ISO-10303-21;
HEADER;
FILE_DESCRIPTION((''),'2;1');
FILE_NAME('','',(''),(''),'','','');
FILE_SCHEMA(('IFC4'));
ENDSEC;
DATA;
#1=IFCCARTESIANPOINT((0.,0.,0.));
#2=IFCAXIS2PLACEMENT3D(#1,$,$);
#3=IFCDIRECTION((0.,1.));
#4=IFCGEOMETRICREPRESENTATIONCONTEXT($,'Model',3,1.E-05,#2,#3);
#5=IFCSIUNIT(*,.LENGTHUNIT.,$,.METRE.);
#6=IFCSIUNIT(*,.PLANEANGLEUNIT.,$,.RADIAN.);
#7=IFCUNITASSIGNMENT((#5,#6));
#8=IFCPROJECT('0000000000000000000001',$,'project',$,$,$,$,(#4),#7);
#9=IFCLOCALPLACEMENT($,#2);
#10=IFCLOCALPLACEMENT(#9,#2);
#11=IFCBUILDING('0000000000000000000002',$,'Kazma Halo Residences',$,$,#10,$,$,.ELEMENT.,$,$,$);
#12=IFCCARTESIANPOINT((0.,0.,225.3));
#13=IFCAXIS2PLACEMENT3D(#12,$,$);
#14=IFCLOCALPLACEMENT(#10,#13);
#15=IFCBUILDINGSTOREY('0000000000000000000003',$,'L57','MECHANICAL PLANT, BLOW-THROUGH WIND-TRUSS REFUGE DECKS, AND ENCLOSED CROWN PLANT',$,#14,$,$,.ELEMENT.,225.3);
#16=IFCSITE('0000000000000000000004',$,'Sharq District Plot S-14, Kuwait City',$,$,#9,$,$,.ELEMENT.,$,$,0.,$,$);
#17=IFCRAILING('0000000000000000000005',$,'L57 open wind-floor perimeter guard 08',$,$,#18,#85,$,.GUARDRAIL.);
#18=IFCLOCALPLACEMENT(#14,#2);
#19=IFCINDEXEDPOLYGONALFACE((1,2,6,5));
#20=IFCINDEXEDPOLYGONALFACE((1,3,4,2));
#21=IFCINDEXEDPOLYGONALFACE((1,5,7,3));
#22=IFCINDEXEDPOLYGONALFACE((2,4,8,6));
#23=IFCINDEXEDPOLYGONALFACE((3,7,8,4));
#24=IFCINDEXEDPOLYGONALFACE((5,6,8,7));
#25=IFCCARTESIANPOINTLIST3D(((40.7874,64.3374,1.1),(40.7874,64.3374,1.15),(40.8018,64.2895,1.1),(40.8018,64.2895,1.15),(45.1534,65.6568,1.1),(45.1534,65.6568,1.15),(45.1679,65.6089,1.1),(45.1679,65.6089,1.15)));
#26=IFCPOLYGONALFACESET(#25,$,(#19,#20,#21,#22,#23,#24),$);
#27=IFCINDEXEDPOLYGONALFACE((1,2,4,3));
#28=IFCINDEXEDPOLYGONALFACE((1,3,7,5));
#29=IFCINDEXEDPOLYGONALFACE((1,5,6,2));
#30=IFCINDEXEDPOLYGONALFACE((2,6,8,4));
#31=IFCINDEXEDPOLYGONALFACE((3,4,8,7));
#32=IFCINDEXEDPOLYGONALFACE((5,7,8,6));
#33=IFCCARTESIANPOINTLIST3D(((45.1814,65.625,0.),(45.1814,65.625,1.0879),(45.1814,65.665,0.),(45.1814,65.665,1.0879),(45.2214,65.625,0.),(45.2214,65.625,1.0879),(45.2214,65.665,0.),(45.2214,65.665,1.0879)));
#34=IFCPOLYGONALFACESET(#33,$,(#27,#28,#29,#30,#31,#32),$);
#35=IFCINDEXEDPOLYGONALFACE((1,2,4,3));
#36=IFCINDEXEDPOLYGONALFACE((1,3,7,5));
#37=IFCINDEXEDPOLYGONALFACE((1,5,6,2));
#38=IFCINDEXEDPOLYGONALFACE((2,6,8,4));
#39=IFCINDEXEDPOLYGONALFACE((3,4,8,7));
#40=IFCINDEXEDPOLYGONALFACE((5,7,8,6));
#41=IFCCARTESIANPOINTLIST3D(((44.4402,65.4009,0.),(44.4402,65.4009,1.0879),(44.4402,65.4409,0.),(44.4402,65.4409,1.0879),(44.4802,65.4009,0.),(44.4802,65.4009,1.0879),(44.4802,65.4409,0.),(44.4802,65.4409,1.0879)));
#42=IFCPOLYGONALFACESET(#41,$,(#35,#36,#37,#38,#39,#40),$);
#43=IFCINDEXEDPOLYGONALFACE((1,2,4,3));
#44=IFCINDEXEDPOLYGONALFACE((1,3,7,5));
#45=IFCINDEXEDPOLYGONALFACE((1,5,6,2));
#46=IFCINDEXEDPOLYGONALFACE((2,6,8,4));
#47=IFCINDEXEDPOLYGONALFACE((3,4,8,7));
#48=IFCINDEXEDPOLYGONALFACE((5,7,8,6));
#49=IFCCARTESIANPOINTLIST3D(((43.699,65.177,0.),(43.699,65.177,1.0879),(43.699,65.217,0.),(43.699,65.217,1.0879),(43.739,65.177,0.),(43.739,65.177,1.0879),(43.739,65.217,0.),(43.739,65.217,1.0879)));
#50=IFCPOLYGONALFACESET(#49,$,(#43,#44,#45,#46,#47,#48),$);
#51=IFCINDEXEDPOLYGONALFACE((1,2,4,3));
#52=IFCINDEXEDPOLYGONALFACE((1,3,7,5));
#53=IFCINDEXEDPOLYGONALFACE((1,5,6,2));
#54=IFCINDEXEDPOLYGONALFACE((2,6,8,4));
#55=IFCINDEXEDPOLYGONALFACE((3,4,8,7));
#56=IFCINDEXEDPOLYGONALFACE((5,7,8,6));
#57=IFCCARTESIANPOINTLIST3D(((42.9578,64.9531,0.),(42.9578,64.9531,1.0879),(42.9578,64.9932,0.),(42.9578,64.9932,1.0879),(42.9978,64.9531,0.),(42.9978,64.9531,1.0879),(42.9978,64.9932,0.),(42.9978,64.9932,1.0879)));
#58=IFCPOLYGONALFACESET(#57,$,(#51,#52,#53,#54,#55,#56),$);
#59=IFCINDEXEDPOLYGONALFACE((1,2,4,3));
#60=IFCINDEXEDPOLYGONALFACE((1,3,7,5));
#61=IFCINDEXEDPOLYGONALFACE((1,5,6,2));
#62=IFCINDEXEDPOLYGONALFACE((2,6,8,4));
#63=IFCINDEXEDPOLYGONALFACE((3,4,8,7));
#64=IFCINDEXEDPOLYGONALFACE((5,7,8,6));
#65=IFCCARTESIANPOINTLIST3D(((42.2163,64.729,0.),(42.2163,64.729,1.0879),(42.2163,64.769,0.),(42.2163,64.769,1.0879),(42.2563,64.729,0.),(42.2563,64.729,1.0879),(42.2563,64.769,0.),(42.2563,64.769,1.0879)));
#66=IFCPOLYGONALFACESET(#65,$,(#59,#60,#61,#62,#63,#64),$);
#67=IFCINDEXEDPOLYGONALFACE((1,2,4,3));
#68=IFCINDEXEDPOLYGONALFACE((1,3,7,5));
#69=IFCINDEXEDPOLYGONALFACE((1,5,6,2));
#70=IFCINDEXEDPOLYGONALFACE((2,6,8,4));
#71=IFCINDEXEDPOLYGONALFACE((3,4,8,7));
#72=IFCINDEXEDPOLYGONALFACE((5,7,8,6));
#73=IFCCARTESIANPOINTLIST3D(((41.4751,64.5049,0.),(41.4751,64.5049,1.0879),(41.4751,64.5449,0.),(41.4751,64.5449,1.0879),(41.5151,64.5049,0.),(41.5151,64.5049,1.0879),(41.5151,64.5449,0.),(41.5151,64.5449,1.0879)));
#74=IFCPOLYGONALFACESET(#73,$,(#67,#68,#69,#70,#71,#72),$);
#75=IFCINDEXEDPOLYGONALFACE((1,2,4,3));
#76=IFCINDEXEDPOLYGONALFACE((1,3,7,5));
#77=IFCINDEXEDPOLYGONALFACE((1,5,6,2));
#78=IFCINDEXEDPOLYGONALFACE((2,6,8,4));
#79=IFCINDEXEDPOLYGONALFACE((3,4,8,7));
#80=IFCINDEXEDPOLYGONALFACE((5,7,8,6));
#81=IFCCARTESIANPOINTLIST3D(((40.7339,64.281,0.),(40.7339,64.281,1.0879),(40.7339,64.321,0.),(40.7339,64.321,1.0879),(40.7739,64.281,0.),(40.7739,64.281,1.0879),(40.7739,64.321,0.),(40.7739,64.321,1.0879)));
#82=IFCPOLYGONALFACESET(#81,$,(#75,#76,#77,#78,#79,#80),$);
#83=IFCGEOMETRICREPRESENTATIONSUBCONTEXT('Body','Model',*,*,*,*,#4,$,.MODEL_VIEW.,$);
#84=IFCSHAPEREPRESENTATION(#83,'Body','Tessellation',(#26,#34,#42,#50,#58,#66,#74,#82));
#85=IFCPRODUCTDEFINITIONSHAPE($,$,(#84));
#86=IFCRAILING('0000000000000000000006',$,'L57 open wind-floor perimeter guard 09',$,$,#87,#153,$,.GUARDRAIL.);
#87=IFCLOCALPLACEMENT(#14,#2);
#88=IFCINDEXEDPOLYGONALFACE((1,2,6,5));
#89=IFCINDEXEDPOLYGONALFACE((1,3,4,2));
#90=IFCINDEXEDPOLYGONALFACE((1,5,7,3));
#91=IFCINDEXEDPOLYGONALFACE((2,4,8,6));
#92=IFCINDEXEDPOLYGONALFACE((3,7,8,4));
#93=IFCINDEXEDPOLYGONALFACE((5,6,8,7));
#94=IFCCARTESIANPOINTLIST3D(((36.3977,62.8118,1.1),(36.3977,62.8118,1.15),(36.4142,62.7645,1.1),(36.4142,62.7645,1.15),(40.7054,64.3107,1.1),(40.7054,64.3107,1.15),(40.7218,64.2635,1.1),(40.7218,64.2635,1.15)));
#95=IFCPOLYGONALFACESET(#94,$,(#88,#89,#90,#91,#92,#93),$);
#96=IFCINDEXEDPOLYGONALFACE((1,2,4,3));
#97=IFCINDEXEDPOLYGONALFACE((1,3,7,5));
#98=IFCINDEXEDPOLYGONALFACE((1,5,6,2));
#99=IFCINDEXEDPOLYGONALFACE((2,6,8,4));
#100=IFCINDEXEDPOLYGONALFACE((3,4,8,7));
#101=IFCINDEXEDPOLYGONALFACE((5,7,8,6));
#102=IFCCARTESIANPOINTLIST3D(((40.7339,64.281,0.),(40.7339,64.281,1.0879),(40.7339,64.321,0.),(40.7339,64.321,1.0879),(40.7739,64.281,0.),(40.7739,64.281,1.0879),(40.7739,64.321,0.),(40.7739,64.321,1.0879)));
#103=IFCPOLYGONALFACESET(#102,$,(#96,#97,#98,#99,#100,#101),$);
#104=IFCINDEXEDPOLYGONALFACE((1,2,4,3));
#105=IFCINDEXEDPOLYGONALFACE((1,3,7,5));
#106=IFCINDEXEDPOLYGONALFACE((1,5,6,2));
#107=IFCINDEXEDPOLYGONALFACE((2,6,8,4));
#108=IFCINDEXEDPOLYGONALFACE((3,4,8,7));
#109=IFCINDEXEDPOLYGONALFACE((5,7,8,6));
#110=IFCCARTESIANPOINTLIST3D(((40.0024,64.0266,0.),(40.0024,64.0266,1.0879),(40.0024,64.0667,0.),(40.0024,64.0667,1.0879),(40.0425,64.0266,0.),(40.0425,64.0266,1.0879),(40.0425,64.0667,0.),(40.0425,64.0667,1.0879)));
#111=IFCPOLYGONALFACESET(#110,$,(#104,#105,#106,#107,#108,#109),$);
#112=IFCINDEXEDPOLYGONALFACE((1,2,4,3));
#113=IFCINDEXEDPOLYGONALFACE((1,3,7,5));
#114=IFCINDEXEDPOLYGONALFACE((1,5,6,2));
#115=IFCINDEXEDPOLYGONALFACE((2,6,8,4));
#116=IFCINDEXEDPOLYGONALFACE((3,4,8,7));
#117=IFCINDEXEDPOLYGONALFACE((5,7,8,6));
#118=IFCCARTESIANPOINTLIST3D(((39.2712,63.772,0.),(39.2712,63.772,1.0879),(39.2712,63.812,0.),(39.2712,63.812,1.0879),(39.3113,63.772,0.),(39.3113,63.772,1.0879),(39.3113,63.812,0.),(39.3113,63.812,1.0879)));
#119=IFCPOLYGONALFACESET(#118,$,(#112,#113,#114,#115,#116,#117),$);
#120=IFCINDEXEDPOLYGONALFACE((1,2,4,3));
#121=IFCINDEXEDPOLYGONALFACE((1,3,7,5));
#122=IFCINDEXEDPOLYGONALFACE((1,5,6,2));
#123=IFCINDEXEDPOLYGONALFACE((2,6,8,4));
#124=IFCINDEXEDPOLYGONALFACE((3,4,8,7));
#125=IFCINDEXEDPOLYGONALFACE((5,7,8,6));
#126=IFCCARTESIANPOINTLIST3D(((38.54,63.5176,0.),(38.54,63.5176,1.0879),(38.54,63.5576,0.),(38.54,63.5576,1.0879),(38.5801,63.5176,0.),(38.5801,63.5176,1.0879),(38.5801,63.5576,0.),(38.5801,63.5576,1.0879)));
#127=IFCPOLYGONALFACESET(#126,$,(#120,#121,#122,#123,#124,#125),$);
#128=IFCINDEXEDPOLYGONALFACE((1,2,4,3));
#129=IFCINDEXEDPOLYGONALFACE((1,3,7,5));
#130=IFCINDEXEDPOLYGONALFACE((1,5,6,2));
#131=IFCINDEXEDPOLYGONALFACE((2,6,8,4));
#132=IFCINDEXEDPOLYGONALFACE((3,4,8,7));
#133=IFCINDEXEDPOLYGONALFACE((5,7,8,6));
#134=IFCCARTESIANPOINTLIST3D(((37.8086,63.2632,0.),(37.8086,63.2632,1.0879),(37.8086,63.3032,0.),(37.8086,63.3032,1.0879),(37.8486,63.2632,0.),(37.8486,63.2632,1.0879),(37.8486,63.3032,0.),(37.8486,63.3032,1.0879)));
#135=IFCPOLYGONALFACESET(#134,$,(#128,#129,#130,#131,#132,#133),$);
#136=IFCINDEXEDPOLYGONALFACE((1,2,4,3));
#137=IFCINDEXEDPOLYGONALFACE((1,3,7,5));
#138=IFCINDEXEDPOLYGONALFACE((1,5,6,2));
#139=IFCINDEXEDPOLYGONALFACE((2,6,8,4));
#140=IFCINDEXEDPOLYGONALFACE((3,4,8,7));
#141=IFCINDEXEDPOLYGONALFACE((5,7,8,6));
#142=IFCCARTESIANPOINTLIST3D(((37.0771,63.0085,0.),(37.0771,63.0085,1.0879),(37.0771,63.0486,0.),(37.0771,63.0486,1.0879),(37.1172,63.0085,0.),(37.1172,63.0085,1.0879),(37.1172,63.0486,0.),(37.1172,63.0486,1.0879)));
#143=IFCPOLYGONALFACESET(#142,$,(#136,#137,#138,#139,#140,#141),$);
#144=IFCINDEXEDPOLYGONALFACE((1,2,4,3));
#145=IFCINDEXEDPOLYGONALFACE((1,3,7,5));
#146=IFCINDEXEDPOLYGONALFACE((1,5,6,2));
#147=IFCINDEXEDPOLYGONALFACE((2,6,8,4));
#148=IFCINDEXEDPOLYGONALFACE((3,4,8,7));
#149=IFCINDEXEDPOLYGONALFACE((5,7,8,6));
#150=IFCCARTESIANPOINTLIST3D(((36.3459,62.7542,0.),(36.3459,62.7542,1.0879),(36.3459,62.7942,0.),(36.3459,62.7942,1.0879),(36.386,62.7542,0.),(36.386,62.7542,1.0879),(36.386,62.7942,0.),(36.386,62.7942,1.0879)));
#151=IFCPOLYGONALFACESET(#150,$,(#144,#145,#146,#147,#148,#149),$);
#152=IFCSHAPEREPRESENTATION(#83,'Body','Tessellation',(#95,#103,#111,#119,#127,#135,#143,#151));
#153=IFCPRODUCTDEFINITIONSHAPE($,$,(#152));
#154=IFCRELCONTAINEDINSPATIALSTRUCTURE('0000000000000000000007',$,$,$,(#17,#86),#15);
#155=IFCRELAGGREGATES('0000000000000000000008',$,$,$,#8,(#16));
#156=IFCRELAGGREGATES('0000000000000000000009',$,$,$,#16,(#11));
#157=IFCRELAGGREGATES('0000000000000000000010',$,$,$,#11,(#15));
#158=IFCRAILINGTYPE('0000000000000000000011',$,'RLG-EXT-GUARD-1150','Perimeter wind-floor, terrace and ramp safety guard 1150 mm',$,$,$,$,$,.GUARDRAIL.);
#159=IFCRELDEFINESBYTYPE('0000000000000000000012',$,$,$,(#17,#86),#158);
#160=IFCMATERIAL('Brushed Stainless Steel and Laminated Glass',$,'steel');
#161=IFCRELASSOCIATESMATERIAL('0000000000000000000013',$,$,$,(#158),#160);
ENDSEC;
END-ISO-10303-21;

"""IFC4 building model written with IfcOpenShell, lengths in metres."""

from ifc_helpers import new_model, si_unit, direction, frame, origin, origin_2d, place, context, subcontext, project, spatial, rectangle, extrude, material, type_object, element, save


model = new_model("IFC4")

# Units and contexts
model_context = context("Model", 3, precision=1e-05, world=origin(), true_north=direction((0.0, 1.0)))
body_context = subcontext(model_context, "Body", "Model", "MODEL_VIEW")
ifc_project = project(units=[si_unit("LENGTHUNIT", "METRE"), si_unit("PLANEANGLEUNIT", "RADIAN")], contexts=[model_context])

# Site, building, storey
site_placement = place(None, origin())
site = spatial("IfcSite", under=ifc_project, at=site_placement, Name="Sharq District Plot S-14, Kuwait City", CompositionType="ELEMENT", RefElevation=0.0)
building_placement = place(site_placement, origin())
building = spatial("IfcBuilding", under=site, at=building_placement, Name="Kazma Halo Residences", CompositionType="ELEMENT")
storey_placement = place(building_placement, frame((0.0, 0.0, 225.3)))
storey = spatial("IfcBuildingStorey", under=building, at=storey_placement, Name="L57", Description="MECHANICAL PLANT, BLOW-THROUGH WIND-TRUSS REFUGE DECKS, AND ENCLOSED CROWN PLANT", CompositionType="ELEMENT", Elevation=225.3)

# Railings
ifc_material_1 = material(Name="Brushed Stainless Steel and Laminated Glass", Category="steel")
railing_type = type_object("IfcRailingType", Name="RLG-EXT-GUARD-1150", Description="Perimeter wind-floor, terrace and ramp safety guard 1150 mm", PredefinedType="GUARDRAIL", material=ifc_material_1)
railing_1_placement = place(storey_placement, frame((45.2014, 65.645, 0.0)))
element("IfcRailing", 1, at=railing_1_placement, inside=storey, type_object=railing_type, Name="L57 open wind-floor perimeter guard 08", PredefinedType="GUARDRAIL", context=body_context, shape_type="SweptSolid", body=[
    extrude(rectangle(XDim=0.05, YDim=0.05, at=origin_2d()), frame((-0.0408, -0.0122, 1.125), z_axis=(-0.957247, -0.289271, 0.0), x_axis=(0.289271, -0.957247, 0.0)), (0.0, 0.0, 1.0), 4.561),
    extrude(rectangle(XDim=0.04, YDim=0.04, at=origin_2d()), origin(), (0.0, 0.0, 1.0), 1.0879),
    extrude(rectangle(XDim=0.04, YDim=0.04, at=origin_2d()), frame((-0.7412, -0.2241, 0.0)), (0.0, 0.0, 1.0), 1.0879),
    extrude(rectangle(XDim=0.04, YDim=0.04, at=origin_2d()), frame((-1.4824, -0.448, 0.0)), (0.0, 0.0, 1.0), 1.0879),
    extrude(rectangle(XDim=0.04, YDim=0.04, at=origin_2d()), frame((-2.2236, -0.6719, 0.0)), (0.0, 0.0, 1.0), 1.0879),
    extrude(rectangle(XDim=0.04, YDim=0.04, at=origin_2d()), frame((-2.9651, -0.896, 0.0)), (0.0, 0.0, 1.0), 1.0879),
    extrude(rectangle(XDim=0.04, YDim=0.04, at=origin_2d()), frame((-3.7063, -1.1201, 0.0)), (0.0, 0.0, 1.0), 1.0879),
    extrude(rectangle(XDim=0.04, YDim=0.04, at=origin_2d()), frame((-4.4475, -1.344, 0.0)), (0.0, 0.0, 1.0), 1.0879),
])
railing_2_placement = place(storey_placement, frame((40.7539, 64.301, 0.0)))
element("IfcRailing", 2, at=railing_2_placement, inside=storey, type_object=railing_type, Name="L57 open wind-floor perimeter guard 09", PredefinedType="GUARDRAIL", context=body_context, shape_type="SweptSolid", body=[
    extrude(rectangle(XDim=0.05, YDim=0.05, at=origin_2d()), frame((-0.0403, -0.0139, 1.125), z_axis=(-0.944456, -0.328639, 0.0), x_axis=(0.328639, -0.944456, 0.0)), (0.0, 0.0, 1.0), 4.561),
    extrude(rectangle(XDim=0.04, YDim=0.04, at=origin_2d()), origin(), (0.0, 0.0, 1.0), 1.0879),
    extrude(rectangle(XDim=0.04, YDim=0.04, at=origin_2d()), frame((-0.7314, -0.2544, 0.0)), (0.0, 0.0, 1.0), 1.0879),
    extrude(rectangle(XDim=0.04, YDim=0.04, at=origin_2d()), frame((-1.4626, -0.509, 0.0)), (0.0, 0.0, 1.0), 1.0879),
    extrude(rectangle(XDim=0.04, YDim=0.04, at=origin_2d()), frame((-2.1938, -0.7634, 0.0)), (0.0, 0.0, 1.0), 1.0879),
    extrude(rectangle(XDim=0.04, YDim=0.04, at=origin_2d()), frame((-2.9253, -1.0178, 0.0)), (0.0, 0.0, 1.0), 1.0879),
    extrude(rectangle(XDim=0.04, YDim=0.04, at=origin_2d()), frame((-3.6567, -1.2725, 0.0)), (0.0, 0.0, 1.0), 1.0879),
    extrude(rectangle(XDim=0.04, YDim=0.04, at=origin_2d()), frame((-4.3879, -1.5269, 0.0)), (0.0, 0.0, 1.0), 1.0879),
])

save(model, "model.ifc")
